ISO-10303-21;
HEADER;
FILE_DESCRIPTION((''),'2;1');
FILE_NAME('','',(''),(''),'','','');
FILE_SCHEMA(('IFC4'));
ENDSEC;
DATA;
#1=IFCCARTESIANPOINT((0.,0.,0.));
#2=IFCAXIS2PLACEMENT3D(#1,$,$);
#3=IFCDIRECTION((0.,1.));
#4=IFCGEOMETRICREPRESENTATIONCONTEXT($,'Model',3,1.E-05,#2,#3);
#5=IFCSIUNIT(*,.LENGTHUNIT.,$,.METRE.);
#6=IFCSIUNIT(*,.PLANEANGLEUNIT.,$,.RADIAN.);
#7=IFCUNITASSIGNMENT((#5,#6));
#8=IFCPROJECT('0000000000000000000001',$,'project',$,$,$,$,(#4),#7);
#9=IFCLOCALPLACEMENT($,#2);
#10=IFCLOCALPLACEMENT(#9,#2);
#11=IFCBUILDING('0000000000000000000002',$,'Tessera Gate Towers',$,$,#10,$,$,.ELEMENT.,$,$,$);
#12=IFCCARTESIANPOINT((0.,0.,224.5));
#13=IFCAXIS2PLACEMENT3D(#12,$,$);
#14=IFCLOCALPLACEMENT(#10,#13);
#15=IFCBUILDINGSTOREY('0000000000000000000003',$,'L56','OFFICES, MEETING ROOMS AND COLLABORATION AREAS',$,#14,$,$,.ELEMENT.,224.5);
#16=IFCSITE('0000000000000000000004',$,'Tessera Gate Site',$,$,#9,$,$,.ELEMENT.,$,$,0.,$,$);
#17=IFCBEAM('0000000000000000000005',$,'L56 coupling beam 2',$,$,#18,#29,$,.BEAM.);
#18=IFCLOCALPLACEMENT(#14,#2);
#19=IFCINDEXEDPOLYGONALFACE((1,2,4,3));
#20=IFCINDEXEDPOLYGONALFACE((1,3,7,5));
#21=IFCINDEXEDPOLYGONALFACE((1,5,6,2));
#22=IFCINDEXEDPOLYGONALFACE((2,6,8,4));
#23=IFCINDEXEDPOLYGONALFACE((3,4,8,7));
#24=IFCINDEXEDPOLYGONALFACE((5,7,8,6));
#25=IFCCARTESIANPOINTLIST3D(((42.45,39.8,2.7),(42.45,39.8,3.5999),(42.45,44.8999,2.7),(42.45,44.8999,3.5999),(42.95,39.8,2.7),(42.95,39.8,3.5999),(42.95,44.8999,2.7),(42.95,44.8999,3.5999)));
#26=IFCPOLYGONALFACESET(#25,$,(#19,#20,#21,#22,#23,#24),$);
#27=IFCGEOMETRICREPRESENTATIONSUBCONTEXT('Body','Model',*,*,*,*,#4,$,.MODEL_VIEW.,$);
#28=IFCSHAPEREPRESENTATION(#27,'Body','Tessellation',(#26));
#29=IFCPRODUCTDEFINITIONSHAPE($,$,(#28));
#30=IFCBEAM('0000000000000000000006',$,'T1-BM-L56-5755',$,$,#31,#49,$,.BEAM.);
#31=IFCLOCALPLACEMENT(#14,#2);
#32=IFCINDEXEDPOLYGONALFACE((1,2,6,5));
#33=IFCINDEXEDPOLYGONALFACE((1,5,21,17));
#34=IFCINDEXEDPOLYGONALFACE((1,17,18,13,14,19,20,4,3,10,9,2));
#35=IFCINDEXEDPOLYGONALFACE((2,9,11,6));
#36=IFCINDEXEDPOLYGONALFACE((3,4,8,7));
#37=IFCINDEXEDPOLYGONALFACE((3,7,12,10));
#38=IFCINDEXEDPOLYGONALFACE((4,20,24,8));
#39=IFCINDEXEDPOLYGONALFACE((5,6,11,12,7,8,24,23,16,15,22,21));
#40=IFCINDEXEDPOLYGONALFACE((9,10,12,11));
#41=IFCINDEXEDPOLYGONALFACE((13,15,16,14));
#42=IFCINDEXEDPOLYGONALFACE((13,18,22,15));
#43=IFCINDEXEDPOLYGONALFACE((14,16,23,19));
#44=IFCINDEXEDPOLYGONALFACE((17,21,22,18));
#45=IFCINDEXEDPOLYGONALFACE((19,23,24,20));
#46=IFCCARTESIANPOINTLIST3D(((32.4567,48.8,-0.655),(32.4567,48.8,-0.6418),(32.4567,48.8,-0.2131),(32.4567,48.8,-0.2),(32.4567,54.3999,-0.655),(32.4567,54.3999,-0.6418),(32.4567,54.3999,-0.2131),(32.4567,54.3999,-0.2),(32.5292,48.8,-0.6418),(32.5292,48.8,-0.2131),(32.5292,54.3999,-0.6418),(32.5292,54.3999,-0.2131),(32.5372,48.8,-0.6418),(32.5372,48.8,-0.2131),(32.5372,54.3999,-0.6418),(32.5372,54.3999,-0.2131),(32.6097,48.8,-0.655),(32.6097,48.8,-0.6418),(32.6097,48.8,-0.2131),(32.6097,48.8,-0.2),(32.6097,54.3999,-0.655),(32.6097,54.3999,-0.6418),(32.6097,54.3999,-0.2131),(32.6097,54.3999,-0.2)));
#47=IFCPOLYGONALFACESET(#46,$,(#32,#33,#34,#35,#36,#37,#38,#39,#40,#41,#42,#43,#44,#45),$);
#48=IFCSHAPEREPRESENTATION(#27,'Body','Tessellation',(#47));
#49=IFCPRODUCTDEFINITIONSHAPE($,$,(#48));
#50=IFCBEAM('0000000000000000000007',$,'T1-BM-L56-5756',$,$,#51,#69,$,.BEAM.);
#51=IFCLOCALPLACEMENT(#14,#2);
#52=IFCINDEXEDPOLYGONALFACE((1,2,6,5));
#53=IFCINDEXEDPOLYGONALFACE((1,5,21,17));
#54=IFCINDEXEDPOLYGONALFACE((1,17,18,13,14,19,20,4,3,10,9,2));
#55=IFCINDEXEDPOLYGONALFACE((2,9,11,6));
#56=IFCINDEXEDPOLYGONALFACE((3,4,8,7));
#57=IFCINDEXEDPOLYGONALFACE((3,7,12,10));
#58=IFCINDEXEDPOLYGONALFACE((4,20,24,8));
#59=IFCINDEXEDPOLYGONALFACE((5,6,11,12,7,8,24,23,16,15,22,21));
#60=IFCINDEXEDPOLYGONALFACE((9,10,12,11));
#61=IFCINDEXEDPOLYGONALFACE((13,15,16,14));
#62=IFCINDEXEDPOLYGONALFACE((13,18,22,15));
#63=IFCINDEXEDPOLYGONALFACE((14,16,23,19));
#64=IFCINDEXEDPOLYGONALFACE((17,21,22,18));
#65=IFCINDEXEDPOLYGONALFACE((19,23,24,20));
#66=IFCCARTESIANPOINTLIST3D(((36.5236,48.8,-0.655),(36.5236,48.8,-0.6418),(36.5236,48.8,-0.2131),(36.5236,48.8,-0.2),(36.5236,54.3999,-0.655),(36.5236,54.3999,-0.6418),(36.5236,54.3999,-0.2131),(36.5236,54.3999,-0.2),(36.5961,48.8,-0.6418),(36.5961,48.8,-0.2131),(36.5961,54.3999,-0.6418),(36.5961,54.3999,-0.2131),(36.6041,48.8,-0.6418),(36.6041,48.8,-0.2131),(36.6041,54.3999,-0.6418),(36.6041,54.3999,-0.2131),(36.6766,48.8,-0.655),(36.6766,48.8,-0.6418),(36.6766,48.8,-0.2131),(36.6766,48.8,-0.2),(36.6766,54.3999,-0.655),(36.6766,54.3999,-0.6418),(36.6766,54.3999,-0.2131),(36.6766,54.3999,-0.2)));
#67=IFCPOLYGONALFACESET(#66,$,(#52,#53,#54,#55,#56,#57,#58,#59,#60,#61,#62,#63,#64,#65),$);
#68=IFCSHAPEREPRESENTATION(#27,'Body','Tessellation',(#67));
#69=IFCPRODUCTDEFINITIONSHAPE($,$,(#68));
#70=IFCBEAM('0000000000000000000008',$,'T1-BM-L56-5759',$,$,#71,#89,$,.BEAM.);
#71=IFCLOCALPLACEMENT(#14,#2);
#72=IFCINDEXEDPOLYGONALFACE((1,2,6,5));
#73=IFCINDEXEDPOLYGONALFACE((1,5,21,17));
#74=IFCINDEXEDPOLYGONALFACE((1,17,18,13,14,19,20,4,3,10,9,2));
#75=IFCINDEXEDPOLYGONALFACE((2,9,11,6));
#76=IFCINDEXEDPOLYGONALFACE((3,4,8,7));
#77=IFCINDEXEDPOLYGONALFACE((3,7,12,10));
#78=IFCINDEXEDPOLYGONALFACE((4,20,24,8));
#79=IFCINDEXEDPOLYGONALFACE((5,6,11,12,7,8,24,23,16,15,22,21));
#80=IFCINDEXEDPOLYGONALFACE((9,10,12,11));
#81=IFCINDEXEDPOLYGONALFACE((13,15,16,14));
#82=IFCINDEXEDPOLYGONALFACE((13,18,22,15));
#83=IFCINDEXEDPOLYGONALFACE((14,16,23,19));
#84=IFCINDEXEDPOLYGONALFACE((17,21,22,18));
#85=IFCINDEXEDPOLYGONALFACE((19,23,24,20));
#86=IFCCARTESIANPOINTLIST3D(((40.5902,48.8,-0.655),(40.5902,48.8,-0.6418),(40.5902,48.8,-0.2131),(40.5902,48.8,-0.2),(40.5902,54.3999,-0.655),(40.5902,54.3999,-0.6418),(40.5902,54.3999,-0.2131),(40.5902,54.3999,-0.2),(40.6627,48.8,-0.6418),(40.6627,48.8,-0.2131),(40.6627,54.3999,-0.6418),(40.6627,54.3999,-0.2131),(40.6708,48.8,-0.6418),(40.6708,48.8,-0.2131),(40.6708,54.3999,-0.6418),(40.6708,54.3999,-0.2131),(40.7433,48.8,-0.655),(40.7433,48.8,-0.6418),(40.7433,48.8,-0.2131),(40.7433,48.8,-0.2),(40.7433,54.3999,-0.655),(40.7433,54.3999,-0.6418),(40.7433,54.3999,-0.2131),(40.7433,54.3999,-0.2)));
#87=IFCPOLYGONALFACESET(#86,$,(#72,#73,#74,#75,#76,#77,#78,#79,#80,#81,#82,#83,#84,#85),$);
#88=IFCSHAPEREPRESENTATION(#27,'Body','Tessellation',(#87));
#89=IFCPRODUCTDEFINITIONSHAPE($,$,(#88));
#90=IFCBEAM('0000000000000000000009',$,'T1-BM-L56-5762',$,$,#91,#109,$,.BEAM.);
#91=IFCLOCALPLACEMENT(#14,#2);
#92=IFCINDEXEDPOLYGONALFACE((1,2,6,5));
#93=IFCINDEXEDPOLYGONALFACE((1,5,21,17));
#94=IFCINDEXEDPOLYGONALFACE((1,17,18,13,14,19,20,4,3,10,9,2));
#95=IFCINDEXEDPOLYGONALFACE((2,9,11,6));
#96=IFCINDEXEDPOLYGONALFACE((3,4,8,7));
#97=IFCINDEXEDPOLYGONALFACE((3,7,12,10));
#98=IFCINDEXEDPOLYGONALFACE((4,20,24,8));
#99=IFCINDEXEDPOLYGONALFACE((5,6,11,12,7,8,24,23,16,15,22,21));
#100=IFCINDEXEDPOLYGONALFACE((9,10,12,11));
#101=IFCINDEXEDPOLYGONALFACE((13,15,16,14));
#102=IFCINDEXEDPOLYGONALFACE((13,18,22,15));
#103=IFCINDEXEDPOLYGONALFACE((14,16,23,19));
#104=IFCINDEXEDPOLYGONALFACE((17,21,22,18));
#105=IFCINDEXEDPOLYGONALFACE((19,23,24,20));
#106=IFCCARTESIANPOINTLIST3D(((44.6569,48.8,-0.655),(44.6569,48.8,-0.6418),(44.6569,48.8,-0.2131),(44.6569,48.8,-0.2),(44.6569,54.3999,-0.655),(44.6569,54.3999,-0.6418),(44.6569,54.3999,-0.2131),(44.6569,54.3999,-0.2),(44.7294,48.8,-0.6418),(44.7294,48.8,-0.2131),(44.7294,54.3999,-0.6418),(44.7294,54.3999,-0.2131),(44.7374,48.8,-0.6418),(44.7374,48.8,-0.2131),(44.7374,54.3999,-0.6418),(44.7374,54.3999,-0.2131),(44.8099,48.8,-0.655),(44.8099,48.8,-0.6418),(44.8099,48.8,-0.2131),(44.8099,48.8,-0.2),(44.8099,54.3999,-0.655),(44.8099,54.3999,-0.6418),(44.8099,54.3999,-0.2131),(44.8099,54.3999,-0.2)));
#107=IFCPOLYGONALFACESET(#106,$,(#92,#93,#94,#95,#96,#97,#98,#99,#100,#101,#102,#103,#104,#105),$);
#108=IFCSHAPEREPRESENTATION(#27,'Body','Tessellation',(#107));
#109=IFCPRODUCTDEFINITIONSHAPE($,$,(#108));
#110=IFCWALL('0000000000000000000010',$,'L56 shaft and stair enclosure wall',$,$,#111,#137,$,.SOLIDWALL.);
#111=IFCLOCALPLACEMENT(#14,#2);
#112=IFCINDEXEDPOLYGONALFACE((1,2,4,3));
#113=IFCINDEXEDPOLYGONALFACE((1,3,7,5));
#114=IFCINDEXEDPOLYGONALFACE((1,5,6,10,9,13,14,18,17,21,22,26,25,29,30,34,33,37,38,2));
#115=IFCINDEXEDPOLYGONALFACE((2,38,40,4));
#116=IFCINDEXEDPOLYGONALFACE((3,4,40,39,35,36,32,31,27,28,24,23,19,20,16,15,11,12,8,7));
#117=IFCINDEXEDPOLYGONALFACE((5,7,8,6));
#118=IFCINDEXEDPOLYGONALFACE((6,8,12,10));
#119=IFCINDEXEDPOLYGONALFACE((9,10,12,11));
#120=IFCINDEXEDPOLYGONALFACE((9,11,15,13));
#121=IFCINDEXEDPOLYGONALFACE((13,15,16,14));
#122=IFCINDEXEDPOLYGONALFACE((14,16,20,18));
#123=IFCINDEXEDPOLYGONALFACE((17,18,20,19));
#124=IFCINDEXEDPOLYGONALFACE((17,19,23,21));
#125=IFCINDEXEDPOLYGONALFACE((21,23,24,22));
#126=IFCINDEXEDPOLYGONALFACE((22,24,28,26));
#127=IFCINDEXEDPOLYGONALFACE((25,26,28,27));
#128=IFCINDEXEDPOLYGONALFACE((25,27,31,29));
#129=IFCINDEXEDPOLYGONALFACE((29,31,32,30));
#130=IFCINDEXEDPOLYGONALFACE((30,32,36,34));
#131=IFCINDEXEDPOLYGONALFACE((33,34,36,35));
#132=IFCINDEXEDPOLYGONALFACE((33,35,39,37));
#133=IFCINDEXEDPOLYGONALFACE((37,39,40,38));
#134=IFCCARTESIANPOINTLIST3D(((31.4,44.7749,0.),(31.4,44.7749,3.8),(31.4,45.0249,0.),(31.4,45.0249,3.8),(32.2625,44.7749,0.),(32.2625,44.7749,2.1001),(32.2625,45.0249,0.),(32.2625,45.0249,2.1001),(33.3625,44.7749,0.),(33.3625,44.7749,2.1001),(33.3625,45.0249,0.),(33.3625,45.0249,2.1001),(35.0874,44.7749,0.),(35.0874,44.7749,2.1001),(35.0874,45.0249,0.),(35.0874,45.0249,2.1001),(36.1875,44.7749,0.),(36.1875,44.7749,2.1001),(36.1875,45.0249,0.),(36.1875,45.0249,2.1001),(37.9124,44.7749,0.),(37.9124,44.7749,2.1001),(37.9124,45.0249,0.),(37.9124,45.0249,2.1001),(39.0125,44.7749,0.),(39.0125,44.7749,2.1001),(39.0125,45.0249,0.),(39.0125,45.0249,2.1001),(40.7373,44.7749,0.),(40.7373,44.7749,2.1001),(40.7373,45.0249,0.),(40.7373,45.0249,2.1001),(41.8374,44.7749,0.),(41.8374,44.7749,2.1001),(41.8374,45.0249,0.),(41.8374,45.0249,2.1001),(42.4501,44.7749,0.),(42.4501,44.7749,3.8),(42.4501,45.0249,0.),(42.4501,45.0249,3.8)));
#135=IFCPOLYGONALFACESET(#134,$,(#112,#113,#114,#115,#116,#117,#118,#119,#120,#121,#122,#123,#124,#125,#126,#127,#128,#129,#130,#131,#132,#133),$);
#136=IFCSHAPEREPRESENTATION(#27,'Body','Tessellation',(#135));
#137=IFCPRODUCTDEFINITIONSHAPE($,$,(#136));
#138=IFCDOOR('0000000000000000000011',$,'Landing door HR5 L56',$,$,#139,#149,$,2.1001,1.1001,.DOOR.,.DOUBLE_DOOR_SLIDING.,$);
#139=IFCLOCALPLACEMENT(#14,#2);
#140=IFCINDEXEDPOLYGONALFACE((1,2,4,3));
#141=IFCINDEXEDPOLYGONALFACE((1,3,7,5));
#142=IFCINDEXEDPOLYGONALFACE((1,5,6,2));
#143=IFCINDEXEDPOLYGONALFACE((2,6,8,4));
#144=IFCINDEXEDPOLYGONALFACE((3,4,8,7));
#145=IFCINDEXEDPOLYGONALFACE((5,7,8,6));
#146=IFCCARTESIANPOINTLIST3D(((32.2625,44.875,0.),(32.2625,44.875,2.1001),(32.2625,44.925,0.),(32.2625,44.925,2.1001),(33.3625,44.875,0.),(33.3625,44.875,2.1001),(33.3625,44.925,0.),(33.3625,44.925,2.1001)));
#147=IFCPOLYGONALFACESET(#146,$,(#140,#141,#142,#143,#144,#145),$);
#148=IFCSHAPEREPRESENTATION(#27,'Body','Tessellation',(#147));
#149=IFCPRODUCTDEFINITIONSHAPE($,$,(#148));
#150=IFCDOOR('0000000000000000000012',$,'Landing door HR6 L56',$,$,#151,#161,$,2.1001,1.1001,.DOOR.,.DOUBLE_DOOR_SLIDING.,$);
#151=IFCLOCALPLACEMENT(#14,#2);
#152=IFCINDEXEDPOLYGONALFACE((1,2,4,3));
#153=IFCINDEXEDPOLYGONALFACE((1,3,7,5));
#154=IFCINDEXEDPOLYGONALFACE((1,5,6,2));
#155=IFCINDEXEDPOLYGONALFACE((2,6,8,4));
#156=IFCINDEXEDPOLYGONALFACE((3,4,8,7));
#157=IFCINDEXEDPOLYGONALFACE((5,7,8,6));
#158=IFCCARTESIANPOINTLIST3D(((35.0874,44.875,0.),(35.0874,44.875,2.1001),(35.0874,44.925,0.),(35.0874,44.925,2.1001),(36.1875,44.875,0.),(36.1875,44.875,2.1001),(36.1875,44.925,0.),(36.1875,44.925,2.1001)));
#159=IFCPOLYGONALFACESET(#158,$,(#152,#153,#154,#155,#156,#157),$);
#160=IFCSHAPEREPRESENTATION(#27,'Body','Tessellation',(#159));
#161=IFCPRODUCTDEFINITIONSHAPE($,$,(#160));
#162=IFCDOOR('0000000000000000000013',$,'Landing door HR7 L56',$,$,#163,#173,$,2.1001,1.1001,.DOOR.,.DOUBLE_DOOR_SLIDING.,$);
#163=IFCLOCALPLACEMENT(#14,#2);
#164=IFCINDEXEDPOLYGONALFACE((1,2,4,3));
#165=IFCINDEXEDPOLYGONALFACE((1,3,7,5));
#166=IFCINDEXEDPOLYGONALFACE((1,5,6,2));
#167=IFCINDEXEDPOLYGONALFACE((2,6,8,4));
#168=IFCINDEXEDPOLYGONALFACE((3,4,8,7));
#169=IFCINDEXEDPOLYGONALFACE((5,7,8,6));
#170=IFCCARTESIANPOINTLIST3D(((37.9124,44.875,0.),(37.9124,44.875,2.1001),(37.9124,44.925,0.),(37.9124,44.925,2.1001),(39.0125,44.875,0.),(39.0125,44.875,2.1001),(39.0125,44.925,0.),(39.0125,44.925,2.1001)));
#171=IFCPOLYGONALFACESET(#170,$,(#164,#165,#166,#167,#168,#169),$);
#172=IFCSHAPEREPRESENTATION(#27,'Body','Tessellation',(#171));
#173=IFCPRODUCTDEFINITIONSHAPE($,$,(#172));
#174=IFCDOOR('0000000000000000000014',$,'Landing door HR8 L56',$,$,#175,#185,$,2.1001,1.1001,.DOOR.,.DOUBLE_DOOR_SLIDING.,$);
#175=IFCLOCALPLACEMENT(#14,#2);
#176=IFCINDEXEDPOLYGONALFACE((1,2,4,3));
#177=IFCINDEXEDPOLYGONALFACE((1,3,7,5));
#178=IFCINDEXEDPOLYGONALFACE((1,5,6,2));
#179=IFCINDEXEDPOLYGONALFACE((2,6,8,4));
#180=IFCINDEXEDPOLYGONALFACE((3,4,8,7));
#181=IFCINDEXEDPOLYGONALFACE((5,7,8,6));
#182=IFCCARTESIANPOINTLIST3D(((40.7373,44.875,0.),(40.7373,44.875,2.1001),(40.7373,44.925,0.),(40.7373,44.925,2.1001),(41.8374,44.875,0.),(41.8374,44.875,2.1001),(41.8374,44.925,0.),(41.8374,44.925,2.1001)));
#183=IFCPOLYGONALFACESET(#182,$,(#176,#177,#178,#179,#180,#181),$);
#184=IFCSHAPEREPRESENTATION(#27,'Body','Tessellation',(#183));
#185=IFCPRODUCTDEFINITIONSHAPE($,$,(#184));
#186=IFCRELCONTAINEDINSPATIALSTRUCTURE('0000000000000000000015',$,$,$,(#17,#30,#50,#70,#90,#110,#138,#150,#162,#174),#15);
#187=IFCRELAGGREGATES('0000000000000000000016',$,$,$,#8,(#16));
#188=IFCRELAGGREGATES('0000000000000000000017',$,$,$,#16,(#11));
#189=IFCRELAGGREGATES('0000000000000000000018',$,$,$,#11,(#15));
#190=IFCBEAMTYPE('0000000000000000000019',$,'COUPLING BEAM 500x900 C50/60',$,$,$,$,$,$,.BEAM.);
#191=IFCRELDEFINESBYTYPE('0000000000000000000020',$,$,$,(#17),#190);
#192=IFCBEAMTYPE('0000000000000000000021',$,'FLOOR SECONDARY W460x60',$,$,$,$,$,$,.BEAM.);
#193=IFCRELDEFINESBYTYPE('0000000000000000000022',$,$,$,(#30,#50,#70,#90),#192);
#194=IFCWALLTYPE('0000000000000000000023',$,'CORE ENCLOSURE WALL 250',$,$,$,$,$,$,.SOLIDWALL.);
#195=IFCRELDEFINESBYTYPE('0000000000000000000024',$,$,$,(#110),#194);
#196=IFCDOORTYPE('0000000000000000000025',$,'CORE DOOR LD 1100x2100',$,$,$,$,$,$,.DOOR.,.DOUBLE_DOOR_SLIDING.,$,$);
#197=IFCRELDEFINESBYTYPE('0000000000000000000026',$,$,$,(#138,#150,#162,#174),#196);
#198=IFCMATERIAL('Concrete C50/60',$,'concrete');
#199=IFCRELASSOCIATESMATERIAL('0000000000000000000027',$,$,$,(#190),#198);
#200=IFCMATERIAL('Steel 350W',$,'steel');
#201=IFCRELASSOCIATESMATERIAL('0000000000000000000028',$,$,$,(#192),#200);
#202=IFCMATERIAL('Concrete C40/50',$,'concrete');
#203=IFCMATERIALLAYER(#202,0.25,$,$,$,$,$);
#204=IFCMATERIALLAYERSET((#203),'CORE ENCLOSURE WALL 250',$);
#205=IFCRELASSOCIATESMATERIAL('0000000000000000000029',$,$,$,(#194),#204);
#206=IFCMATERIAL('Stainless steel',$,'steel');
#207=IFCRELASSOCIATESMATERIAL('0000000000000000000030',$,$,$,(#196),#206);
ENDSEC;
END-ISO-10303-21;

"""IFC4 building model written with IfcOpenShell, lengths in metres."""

from ifc_helpers import new_model, si_unit, direction, frame, frame_2d, origin, origin_2d, place, context, subcontext, project, spatial, rectangle, i_section, extrude, source, transform, mapped, material, layer, layer_set, material_profile, profile_set, type_object, element, fill, save


model = new_model("IFC4")

# Units and contexts
model_context = context("Model", 3, precision=1e-05, world=origin(), true_north=direction((0.0, 1.0)))
body_context = subcontext(model_context, "Body", "Model", "MODEL_VIEW")
ifc_project = project(units=[si_unit("LENGTHUNIT", "METRE"), si_unit("PLANEANGLEUNIT", "RADIAN")], contexts=[model_context])

# Site, building, storey
site_placement = place(None, origin())
site = spatial("IfcSite", under=ifc_project, at=site_placement, Name="Tessera Gate Site", CompositionType="ELEMENT", RefElevation=0.0)
building_placement = place(site_placement, origin())
building = spatial("IfcBuilding", under=site, at=building_placement, Name="Tessera Gate Towers", CompositionType="ELEMENT")
storey_placement = place(building_placement, frame((0.0, 0.0, 224.5)))
storey = spatial("IfcBuildingStorey", under=building, at=storey_placement, Name="L56", Description="OFFICES, MEETING ROOMS AND COLLABORATION AREAS", CompositionType="ELEMENT", Elevation=224.5)

# Beams
ifc_material_1 = material(Name="Concrete C50/60", Category="concrete")
ifc_material_profile_1 = material_profile(ifc_material_1, rectangle(XDim=0.5, YDim=0.8999, at=origin_2d()), Name="RC 500x900")
ifc_profile_set_1 = profile_set([ifc_material_profile_1], Name="Concrete C50/60")
beam_type_1 = type_object("IfcBeamType", Name="COUPLING BEAM 500x900 C50/60", PredefinedType="BEAM", material=ifc_profile_set_1)
beam_placement = place(storey_placement, frame((42.7, 39.8, 3.1499), z_axis=(0.0, 1.0, 0.0), x_axis=(-1.0, 0.0, 0.0)))
element("IfcBeam", 1, at=beam_placement, inside=storey, type_object=beam_type_1, Name="L56 coupling beam 2", PredefinedType="BEAM", context=body_context, shape_type="SweptSolid", body=[
    extrude(rectangle(XDim=0.5, YDim=0.8999, at=origin_2d()), origin(), (0.0, 0.0, 1.0), 5.0999),
])
ifc_material_2 = material(Name="Steel 350W", Category="steel")
ifc_material_profile_2 = material_profile(ifc_material_2, i_section(OverallWidth=0.1531, OverallDepth=0.4551, WebThickness=0.0081, FlangeThickness=0.0132, at=origin_2d()), Name="W460x60")
ifc_profile_set_2 = profile_set([ifc_material_profile_2], Name="Steel 350W")
beam_type_2 = type_object("IfcBeamType", Name="FLOOR SECONDARY W460x60", PredefinedType="BEAM", material=ifc_profile_set_2)
for number, where, z_axis, x_axis, name in (
    (2, (32.5332, 48.8, -0.4275), (0.0, 1.0, 0.0), (-1.0, 0.0, 0.0), "T1-BM-L56-5755"),
    (3, (36.6001, 48.8, -0.4275), (0.0, 1.0, 0.0), (-1.0, 0.0, 0.0), "T1-BM-L56-5756"),
    (4, (40.6667, 48.8, -0.4275), (0.0, 1.0, 0.0), (-1.0, 0.0, 0.0), "T1-BM-L56-5759"),
    (5, (44.7334, 48.8, -0.4275), (0.0, 1.0, 0.0), (-1.0, 0.0, 0.0), "T1-BM-L56-5762"),
):
    element("IfcBeam", number, at=place(storey_placement, frame(where, z_axis=z_axis, x_axis=x_axis)), inside=storey, type_object=beam_type_2, Name=name, PredefinedType="BEAM", context=body_context, shape_type="SweptSolid", body=[
        extrude(i_section(OverallWidth=0.1531, OverallDepth=0.4551, WebThickness=0.0081, FlangeThickness=0.0132, at=origin_2d()), origin(), (0.0, 0.0, 1.0), 5.5999),
    ])

# Wall, openings, doors
ifc_material_3 = material(Name="Concrete C40/50", Category="concrete")
ifc_layer_1 = layer(ifc_material_3, 0.25)
ifc_layer_set_1 = layer_set([ifc_layer_1], Name="CORE ENCLOSURE WALL 250")
wall_type_1 = type_object("IfcWallType", Name="CORE ENCLOSURE WALL 250", PredefinedType="SOLIDWALL", material=ifc_layer_set_1)
wall_1_placement = place(storey_placement, frame((42.45, 44.8999, 0.0), z_axis=(0.0, 0.0, 1.0), x_axis=(-1.0, 0.0, 0.0)))
wall_1 = element("IfcWall", 6, at=wall_1_placement, inside=storey, type_object=wall_type_1, Name="L56 shaft and stair enclosure wall", PredefinedType="SOLIDWALL", context=body_context, shape_type="SweptSolid", body=[
    extrude(rectangle(XDim=11.05, YDim=0.25, at=frame_2d((5.5249, 0.0))), origin(), (0.0, 0.0, 1.0), 3.8),
])
shared_shape_1 = source(origin(), body_context, "Body", "SweptSolid", [
    extrude(rectangle(XDim=1.1001, YDim=2.1001, at=frame_2d((0.55, 1.05))), frame((0.0, 0.135, 0.0), z_axis=(0.0, -1.0, 0.0), x_axis=(1.0, 0.0, 0.0)), (0.0, 0.0, 1.0), 0.27),
])
opening_1_placement = place(wall_1_placement, frame((9.0874, 0.0, 0.0)))
opening_1 = element("IfcOpeningElement", 7, at=opening_1_placement, cuts=wall_1, PredefinedType="OPENING", context=body_context, shape_type="MappedRepresentation", body=[
    mapped(shared_shape_1, transform((0.0, 0.0, 0.0), scale=1.0)),
])
opening_2_placement = place(wall_1_placement, frame((6.2625, 0.0, 0.0)))
opening_2 = element("IfcOpeningElement", 8, at=opening_2_placement, cuts=wall_1, PredefinedType="OPENING", context=body_context, shape_type="MappedRepresentation", body=[
    mapped(shared_shape_1, transform((0.0, 0.0, 0.0), scale=1.0)),
])
opening_3_placement = place(wall_1_placement, frame((3.4375, 0.0, 0.0)))
opening_3 = element("IfcOpeningElement", 9, at=opening_3_placement, cuts=wall_1, PredefinedType="OPENING", context=body_context, shape_type="MappedRepresentation", body=[
    mapped(shared_shape_1, transform((0.0, 0.0, 0.0), scale=1.0)),
])
opening_4_placement = place(wall_1_placement, frame((0.6125, 0.0, 0.0)))
opening_4 = element("IfcOpeningElement", 10, at=opening_4_placement, cuts=wall_1, PredefinedType="OPENING", context=body_context, shape_type="MappedRepresentation", body=[
    mapped(shared_shape_1, transform((0.0, 0.0, 0.0), scale=1.0)),
])
ifc_material_4 = material(Name="Stainless steel", Category="steel")
door_type_1 = type_object("IfcDoorType", Name="CORE DOOR LD 1100x2100", OperationType="DOUBLE_DOOR_SLIDING", PredefinedType="DOOR", material=ifc_material_4)
shared_shape_2 = source(origin(), body_context, "Body", "SweptSolid", [
    extrude(rectangle(XDim=1.1001, YDim=2.1001, at=frame_2d((0.55, 1.05))), frame((0.0, 0.0249, 0.0), z_axis=(0.0, -1.0, 0.0), x_axis=(1.0, 0.0, 0.0)), (0.0, 0.0, 1.0), 0.05),
])
door_1_placement = place(opening_1_placement, origin())
door_1 = element("IfcDoor", 11, at=door_1_placement, inside=storey, type_object=door_type_1, Name="Landing door HR5 L56", OperationType="DOUBLE_DOOR_SLIDING", OverallHeight=2.1001, OverallWidth=1.1001, PredefinedType="DOOR", context=body_context, shape_type="MappedRepresentation", body=[
    mapped(shared_shape_2, transform((0.0, 0.0, 0.0), scale=1.0)),
])
fill(opening_1, door_1)
door_2_placement = place(opening_2_placement, origin())
door_2 = element("IfcDoor", 12, at=door_2_placement, inside=storey, type_object=door_type_1, Name="Landing door HR6 L56", OperationType="DOUBLE_DOOR_SLIDING", OverallHeight=2.1001, OverallWidth=1.1001, PredefinedType="DOOR", context=body_context, shape_type="MappedRepresentation", body=[
    mapped(shared_shape_2, transform((0.0, 0.0, 0.0), scale=1.0)),
])
fill(opening_2, door_2)
door_3_placement = place(opening_3_placement, origin())
door_3 = element("IfcDoor", 13, at=door_3_placement, inside=storey, type_object=door_type_1, Name="Landing door HR7 L56", OperationType="DOUBLE_DOOR_SLIDING", OverallHeight=2.1001, OverallWidth=1.1001, PredefinedType="DOOR", context=body_context, shape_type="MappedRepresentation", body=[
    mapped(shared_shape_2, transform((0.0, 0.0, 0.0), scale=1.0)),
])
fill(opening_3, door_3)
door_4_placement = place(opening_4_placement, origin())
door_4 = element("IfcDoor", 14, at=door_4_placement, inside=storey, type_object=door_type_1, Name="Landing door HR8 L56", OperationType="DOUBLE_DOOR_SLIDING", OverallHeight=2.1001, OverallWidth=1.1001, PredefinedType="DOOR", context=body_context, shape_type="MappedRepresentation", body=[
    mapped(shared_shape_2, transform((0.0, 0.0, 0.0), scale=1.0)),
])
fill(opening_4, door_4)

save(model, "model.ifc")
